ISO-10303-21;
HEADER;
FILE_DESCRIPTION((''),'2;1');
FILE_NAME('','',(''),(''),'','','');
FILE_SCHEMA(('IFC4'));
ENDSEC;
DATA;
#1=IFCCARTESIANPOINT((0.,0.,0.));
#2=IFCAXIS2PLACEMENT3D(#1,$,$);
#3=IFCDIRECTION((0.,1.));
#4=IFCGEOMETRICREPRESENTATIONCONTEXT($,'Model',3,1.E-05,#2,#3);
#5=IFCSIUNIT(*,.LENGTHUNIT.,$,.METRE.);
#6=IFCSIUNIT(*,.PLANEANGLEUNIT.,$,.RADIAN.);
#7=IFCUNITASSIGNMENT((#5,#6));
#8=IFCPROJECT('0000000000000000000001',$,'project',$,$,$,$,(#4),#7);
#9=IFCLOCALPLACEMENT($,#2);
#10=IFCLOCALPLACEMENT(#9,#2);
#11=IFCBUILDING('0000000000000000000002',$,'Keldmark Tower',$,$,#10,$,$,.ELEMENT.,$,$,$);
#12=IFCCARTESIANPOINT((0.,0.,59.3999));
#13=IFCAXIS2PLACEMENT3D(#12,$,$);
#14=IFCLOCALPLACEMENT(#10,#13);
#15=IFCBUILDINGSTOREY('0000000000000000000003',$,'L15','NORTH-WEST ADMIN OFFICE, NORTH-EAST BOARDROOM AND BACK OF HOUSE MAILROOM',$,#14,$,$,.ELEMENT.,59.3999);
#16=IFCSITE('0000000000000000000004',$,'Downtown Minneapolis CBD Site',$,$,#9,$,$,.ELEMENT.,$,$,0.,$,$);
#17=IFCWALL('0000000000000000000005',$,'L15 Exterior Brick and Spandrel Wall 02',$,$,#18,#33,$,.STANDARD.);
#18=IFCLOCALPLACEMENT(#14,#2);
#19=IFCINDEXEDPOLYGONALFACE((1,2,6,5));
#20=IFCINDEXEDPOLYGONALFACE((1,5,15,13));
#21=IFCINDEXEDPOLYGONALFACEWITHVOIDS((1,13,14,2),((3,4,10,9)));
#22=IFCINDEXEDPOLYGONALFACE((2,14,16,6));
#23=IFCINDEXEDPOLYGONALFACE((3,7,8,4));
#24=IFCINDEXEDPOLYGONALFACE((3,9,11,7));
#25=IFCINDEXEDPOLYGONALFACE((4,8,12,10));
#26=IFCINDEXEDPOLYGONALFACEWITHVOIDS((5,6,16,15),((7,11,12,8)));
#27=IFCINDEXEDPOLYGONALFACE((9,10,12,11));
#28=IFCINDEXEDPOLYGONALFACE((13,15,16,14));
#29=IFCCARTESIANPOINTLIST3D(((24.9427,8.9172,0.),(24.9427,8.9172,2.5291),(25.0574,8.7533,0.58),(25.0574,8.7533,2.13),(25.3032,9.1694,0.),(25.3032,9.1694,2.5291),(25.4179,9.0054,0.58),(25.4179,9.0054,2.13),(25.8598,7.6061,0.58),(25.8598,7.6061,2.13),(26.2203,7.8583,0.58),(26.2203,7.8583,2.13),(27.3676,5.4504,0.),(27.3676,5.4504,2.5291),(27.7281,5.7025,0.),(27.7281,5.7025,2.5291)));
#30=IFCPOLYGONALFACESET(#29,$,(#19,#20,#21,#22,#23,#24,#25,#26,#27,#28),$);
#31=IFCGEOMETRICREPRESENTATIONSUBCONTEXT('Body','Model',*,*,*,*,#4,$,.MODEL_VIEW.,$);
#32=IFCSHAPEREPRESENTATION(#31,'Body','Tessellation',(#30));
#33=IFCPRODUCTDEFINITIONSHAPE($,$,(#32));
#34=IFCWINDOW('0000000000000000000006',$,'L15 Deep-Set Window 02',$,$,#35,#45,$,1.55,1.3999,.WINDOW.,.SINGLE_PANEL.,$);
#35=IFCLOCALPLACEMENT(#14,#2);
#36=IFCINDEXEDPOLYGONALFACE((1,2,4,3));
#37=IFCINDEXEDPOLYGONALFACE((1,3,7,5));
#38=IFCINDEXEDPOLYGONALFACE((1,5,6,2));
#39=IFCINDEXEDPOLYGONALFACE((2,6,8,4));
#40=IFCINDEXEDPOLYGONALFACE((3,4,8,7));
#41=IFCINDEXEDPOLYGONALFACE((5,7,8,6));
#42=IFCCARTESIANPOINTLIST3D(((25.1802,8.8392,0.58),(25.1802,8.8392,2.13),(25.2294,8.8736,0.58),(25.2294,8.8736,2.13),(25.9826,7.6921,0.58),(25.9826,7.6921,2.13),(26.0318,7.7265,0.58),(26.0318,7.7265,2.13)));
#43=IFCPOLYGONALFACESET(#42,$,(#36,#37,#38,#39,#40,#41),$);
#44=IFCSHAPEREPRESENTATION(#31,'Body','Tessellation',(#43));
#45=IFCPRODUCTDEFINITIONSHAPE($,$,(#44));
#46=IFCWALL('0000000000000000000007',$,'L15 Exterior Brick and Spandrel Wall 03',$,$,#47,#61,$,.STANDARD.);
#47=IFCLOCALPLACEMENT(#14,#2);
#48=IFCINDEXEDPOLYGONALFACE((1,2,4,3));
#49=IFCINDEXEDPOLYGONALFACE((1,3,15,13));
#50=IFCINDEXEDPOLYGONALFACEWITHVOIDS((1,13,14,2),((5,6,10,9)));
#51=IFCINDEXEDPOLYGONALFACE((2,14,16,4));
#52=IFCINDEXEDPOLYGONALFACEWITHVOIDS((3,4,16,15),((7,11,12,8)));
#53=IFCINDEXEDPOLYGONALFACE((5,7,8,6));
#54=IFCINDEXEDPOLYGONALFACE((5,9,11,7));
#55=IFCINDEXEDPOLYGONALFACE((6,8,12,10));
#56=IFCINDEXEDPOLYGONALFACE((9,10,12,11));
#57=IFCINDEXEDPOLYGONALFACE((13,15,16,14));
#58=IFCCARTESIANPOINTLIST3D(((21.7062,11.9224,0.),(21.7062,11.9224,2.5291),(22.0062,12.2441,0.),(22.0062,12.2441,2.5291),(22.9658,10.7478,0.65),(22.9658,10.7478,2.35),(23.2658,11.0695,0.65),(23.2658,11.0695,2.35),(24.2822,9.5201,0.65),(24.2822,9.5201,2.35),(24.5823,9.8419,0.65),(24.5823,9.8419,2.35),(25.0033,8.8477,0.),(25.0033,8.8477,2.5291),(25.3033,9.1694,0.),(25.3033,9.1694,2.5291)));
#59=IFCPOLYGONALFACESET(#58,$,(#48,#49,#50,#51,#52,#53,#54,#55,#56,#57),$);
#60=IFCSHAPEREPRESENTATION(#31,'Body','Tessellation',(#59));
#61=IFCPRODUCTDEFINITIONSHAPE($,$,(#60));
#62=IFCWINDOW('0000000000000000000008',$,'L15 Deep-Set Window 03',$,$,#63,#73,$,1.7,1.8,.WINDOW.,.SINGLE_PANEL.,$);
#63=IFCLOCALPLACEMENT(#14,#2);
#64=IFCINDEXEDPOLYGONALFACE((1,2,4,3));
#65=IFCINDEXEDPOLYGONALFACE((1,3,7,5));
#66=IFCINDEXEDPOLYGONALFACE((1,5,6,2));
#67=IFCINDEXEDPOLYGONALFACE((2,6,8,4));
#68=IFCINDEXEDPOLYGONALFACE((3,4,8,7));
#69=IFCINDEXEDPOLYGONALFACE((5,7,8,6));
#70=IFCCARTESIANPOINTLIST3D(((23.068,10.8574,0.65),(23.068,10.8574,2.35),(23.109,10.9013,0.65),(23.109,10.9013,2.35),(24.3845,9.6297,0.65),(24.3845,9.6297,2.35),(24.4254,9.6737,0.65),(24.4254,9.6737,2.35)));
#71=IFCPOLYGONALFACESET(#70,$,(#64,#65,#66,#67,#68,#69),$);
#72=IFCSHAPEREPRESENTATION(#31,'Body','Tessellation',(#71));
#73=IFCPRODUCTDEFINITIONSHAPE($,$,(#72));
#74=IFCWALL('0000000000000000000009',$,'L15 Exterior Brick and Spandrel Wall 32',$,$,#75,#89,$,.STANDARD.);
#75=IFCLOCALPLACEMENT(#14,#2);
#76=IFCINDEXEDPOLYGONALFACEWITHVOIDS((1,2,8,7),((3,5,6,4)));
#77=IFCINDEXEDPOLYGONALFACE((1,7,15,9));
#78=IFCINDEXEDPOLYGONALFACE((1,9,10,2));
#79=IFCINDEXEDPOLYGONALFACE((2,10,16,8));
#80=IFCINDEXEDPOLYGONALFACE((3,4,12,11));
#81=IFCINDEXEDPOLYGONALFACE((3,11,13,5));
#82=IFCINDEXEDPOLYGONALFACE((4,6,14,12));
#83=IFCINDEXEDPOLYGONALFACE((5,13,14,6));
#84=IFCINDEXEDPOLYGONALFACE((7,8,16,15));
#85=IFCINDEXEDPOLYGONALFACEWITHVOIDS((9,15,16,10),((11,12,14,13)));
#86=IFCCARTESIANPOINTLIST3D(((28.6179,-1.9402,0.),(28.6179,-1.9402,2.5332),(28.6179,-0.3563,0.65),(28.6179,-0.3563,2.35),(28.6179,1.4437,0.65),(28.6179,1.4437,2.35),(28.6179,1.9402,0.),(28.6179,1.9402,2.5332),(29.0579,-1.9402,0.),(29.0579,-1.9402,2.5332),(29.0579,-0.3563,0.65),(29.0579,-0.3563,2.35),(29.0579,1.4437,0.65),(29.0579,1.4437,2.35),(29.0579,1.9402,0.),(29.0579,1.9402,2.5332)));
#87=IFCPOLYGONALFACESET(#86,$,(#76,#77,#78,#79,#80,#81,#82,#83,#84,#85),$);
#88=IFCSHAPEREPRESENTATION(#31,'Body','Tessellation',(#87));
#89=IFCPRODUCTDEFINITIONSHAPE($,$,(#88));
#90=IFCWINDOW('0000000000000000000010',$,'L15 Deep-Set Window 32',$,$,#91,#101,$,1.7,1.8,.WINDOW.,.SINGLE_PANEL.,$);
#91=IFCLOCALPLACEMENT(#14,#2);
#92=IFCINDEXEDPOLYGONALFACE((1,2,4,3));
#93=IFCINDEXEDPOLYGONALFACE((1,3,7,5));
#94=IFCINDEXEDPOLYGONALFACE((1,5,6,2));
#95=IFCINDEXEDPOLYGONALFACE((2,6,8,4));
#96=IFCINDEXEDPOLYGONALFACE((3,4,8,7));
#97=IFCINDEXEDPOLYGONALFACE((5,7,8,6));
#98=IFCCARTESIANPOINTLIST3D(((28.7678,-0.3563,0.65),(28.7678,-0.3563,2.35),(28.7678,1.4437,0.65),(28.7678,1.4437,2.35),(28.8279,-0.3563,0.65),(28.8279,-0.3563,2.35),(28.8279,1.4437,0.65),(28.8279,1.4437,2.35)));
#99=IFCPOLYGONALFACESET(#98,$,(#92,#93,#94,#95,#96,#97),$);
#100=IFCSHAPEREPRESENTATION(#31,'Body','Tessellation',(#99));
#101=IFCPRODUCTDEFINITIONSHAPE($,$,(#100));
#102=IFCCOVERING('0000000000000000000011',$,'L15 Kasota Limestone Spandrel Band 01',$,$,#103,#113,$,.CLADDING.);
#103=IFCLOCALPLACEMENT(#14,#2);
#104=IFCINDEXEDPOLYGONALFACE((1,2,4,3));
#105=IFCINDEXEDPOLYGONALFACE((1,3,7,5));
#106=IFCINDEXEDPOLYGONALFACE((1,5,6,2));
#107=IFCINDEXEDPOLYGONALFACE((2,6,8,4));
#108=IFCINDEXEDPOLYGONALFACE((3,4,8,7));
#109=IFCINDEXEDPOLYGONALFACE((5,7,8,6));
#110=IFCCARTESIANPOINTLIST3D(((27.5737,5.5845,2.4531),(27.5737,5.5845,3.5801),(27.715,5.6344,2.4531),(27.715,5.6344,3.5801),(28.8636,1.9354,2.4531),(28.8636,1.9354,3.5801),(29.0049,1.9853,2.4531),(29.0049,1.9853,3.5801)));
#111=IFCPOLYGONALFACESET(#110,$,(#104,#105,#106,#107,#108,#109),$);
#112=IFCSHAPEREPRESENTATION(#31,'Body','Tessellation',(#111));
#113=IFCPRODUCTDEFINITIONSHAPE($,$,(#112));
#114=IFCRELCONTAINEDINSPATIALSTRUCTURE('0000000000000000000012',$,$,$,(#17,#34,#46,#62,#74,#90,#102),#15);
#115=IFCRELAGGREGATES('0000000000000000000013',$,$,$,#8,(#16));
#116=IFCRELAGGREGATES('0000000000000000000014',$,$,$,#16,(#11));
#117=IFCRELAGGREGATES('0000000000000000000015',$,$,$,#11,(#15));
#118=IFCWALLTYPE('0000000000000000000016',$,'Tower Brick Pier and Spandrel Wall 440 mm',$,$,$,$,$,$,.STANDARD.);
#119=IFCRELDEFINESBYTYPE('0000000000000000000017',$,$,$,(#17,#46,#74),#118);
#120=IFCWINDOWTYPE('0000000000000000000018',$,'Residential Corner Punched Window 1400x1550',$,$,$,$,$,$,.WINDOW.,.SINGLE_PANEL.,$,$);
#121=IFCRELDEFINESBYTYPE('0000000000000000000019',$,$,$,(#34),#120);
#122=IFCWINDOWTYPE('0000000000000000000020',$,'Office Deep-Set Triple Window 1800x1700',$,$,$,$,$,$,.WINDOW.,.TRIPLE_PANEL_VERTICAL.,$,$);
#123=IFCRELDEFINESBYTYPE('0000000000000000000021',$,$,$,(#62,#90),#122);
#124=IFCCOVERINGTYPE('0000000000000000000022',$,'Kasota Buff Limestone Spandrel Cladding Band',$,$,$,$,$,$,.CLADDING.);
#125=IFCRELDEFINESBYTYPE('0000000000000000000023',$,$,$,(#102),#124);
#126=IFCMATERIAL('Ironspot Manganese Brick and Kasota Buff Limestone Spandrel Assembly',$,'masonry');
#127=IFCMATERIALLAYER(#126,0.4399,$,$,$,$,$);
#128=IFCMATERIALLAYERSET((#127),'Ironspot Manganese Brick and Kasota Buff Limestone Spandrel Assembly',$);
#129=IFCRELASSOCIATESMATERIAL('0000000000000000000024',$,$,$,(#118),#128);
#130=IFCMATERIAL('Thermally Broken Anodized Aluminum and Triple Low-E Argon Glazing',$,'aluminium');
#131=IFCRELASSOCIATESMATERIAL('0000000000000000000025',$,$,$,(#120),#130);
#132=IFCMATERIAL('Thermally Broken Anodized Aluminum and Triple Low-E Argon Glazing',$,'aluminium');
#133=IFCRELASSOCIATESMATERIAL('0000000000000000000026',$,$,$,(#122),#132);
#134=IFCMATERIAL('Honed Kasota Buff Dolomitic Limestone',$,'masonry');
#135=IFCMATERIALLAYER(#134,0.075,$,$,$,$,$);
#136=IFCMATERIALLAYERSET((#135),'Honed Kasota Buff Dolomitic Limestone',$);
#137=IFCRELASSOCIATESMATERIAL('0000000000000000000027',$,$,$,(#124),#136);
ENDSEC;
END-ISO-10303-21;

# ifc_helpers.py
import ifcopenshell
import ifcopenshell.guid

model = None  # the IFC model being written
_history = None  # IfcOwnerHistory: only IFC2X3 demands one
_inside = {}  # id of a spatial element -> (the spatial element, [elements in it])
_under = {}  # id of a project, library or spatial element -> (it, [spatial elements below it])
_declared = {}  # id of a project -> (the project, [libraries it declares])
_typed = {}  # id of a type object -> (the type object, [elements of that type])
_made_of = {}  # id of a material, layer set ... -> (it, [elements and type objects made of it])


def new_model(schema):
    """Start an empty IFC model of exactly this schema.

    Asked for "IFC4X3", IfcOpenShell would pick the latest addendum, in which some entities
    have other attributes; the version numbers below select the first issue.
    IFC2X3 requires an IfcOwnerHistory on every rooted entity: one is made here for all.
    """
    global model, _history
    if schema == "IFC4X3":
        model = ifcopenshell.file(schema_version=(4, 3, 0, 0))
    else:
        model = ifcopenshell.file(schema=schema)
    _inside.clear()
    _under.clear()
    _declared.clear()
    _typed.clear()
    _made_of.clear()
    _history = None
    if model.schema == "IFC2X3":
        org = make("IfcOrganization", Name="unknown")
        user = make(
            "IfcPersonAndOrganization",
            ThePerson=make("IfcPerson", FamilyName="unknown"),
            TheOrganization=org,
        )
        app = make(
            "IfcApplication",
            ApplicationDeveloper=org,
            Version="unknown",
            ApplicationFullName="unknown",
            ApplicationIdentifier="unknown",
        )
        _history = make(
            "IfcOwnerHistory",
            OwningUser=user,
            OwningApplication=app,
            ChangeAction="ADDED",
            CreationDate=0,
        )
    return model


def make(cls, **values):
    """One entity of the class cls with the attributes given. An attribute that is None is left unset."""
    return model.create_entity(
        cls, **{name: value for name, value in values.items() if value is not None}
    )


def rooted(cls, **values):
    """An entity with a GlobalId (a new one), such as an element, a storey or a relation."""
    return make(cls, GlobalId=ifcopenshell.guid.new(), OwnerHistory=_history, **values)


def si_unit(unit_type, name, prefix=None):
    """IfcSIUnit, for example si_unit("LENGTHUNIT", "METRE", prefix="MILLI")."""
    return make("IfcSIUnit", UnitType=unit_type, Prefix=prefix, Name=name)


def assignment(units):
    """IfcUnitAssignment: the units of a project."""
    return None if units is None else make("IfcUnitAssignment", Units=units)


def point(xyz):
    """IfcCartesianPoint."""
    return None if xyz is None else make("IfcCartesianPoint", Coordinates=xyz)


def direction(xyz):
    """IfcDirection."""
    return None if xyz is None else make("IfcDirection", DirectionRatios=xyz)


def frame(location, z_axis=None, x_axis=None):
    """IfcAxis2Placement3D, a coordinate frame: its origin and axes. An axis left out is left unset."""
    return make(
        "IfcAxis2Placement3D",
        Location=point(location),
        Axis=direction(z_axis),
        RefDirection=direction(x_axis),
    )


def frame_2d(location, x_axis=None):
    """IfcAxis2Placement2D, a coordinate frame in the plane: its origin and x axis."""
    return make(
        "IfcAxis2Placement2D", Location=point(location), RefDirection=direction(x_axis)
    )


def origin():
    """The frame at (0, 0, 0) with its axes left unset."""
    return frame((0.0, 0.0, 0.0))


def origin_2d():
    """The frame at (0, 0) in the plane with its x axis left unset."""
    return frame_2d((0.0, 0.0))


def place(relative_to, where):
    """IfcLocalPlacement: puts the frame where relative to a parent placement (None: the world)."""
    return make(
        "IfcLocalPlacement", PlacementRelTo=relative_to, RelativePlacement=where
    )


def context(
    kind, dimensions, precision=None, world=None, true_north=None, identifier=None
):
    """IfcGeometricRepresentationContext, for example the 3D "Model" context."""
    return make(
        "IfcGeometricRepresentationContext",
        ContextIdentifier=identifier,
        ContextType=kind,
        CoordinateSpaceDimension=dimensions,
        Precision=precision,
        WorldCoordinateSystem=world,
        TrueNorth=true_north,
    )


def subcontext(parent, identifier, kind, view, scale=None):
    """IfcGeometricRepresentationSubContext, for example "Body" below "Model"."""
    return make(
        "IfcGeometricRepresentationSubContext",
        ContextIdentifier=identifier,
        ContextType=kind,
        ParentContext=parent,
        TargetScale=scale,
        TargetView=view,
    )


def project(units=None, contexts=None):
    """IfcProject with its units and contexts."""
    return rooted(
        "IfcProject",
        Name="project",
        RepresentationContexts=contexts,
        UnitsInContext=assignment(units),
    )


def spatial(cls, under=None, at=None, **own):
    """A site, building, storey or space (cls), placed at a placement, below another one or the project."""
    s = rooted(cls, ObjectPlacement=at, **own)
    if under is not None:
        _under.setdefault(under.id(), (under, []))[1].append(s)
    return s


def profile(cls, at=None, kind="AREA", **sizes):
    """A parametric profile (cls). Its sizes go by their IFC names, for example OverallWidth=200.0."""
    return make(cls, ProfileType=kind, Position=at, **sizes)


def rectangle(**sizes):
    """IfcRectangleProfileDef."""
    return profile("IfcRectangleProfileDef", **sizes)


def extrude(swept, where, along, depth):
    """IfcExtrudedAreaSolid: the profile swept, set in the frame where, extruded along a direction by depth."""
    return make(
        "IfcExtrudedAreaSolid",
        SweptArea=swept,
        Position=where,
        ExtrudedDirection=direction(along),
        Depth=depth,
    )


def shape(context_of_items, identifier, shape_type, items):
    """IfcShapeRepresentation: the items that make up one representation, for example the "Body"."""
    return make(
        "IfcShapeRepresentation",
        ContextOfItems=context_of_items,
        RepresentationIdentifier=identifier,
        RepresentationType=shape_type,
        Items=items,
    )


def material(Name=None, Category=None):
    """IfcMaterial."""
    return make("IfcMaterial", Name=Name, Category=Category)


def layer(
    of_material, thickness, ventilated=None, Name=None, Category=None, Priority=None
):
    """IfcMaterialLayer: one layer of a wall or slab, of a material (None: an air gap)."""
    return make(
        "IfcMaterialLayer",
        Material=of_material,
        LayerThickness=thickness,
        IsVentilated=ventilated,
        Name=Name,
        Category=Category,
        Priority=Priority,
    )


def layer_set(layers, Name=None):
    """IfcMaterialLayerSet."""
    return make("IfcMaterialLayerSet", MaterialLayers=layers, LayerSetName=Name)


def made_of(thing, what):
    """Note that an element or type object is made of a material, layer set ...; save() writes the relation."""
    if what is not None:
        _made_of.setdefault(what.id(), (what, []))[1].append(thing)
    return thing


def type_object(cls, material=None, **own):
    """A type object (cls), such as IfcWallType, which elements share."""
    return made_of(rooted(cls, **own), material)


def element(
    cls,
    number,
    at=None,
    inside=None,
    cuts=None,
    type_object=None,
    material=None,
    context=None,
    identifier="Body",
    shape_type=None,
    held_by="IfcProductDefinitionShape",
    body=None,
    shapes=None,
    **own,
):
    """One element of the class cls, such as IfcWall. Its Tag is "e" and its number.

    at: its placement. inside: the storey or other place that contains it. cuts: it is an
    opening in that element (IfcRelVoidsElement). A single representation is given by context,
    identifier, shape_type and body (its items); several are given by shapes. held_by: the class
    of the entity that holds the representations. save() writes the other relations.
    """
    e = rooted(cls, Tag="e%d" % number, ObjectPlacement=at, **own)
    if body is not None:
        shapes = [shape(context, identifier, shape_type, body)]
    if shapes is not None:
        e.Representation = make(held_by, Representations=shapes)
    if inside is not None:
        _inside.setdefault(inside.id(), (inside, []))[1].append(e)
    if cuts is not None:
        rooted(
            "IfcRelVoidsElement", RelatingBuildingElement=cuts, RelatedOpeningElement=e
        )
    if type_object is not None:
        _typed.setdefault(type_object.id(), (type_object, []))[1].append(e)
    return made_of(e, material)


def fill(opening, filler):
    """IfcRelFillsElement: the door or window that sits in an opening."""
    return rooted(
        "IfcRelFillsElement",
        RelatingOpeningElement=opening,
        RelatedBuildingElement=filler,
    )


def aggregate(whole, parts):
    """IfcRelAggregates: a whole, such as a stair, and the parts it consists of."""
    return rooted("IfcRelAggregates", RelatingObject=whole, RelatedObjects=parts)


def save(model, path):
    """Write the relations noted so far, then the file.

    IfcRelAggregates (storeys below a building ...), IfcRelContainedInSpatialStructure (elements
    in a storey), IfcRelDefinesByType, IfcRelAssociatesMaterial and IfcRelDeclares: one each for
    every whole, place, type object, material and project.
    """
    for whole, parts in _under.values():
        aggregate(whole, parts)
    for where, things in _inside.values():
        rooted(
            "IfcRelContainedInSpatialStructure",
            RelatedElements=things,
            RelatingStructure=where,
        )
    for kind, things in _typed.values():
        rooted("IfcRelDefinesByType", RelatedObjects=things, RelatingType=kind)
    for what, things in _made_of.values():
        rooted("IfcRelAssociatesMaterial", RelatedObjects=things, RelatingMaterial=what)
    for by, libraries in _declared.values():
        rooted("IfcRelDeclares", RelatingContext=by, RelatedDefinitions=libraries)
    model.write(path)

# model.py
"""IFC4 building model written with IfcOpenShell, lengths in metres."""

from ifc_helpers import new_model, si_unit, direction, frame, frame_2d, origin, origin_2d, place, context, subcontext, project, spatial, rectangle, extrude, material, layer, layer_set, type_object, element, fill, save


model = new_model("IFC4")

# Units and contexts
model_context = context("Model", 3, precision=1e-05, world=origin(), true_north=direction((0.0, 1.0)))
body_context = subcontext(model_context, "Body", "Model", "MODEL_VIEW")
ifc_project = project(units=[si_unit("LENGTHUNIT", "METRE"), si_unit("PLANEANGLEUNIT", "RADIAN")], contexts=[model_context])

# Site, building, storey
site_placement = place(None, origin())
site = spatial("IfcSite", under=ifc_project, at=site_placement, Name="Downtown Minneapolis CBD Site", CompositionType="ELEMENT", RefElevation=0.0)
building_placement = place(site_placement, origin())
building = spatial("IfcBuilding", under=site, at=building_placement, Name="Keldmark Tower", CompositionType="ELEMENT")
storey_placement = place(building_placement, frame((0.0, 0.0, 59.3999)))
storey = spatial("IfcBuildingStorey", under=building, at=storey_placement, Name="L15", Description="NORTH-WEST ADMIN OFFICE, NORTH-EAST BOARDROOM AND BACK OF HOUSE MAILROOM", CompositionType="ELEMENT", Elevation=59.3999)

# Walls, openings, windows
ifc_material_1 = material(Name="Ironspot Manganese Brick and Kasota Buff Limestone Spandrel Assembly", Category="masonry")
ifc_layer_1 = layer(ifc_material_1, 0.4399)
ifc_layer_set_1 = layer_set([ifc_layer_1], Name="Ironspot Manganese Brick and Kasota Buff Limestone Spandrel Assembly")
wall_type = type_object("IfcWallType", Name="Tower Brick Pier and Spandrel Wall 440 mm", PredefinedType="STANDARD", material=ifc_layer_set_1)
wall_1_placement = place(storey_placement, frame((25.123, 9.0432, 0.0), z_axis=(0.0, 0.0, 1.0), x_axis=(0.573152, -0.819449, 0.0)))
wall_1 = element("IfcWall", 1, at=wall_1_placement, inside=storey, type_object=wall_type, Name="L15 Exterior Brick and Spandrel Wall 02", PredefinedType="STANDARD", context=body_context, shape_type="SweptSolid", body=[
    extrude(rectangle(XDim=4.2307, YDim=0.4399, at=frame_2d((2.1152, 0.0))), origin(), (0.0, 0.0, 1.0), 2.5291),
])
opening_1_placement = place(wall_1_placement, frame((0.2, 0.0, 0.5801)))
opening_1 = element("IfcOpeningElement", 2, at=opening_1_placement, cuts=wall_1, PredefinedType="OPENING", context=body_context, shape_type="SweptSolid", body=[
    extrude(rectangle(XDim=1.3999, YDim=1.55, at=frame_2d((0.7, 0.7749))), frame((0.0, 0.23, 0.0), z_axis=(0.0, -1.0, 0.0), x_axis=(1.0, 0.0, 0.0)), (0.0, 0.0, 1.0), 0.46),
])
ifc_material_2 = material(Name="Thermally Broken Anodized Aluminum and Triple Low-E Argon Glazing", Category="aluminium")
window_type_1 = type_object("IfcWindowType", Name="Residential Corner Punched Window 1400x1550", PartitioningType="SINGLE_PANEL", PredefinedType="WINDOW", material=ifc_material_2)
window_1_placement = place(opening_1_placement, origin())
window_1 = element("IfcWindow", 3, at=window_1_placement, inside=storey, type_object=window_type_1, Name="L15 Deep-Set Window 02", OverallHeight=1.55, OverallWidth=1.3999, PartitioningType="SINGLE_PANEL", PredefinedType="WINDOW", context=body_context, shape_type="SweptSolid", body=[
    extrude(rectangle(XDim=1.3999, YDim=1.55, at=frame_2d((0.7, 0.7749))), frame((0.0, -0.01, 0.0), z_axis=(0.0, -1.0, 0.0), x_axis=(1.0, 0.0, 0.0)), (0.0, 0.0, 1.0), 0.0601),
])
fill(opening_1, window_1)
wall_2_placement = place(storey_placement, frame((21.8562, 12.0833, 0.0), z_axis=(0.0, 0.0, 1.0), x_axis=(0.731343, -0.682009, 0.0)))
wall_2 = element("IfcWall", 4, at=wall_2_placement, inside=storey, type_object=wall_type, Name="L15 Exterior Brick and Spandrel Wall 03", PredefinedType="STANDARD", context=body_context, shape_type="SweptSolid", body=[
    extrude(rectangle(XDim=4.5083, YDim=0.4399, at=frame_2d((2.2542, 0.0))), origin(), (0.0, 0.0, 1.0), 2.5291),
])
opening_2_placement = place(wall_2_placement, frame((1.7224, 0.0, 0.6499)))
opening_2 = element("IfcOpeningElement", 5, at=opening_2_placement, cuts=wall_2, PredefinedType="OPENING", context=body_context, shape_type="SweptSolid", body=[
    extrude(rectangle(XDim=1.8, YDim=1.7, at=frame_2d((0.8999, 0.8501))), frame((0.0, 0.23, 0.0), z_axis=(0.0, -1.0, 0.0), x_axis=(1.0, 0.0, 0.0)), (0.0, 0.0, 1.0), 0.46),
])
ifc_material_3 = material(Name="Thermally Broken Anodized Aluminum and Triple Low-E Argon Glazing", Category="aluminium")
window_type_2 = type_object("IfcWindowType", Name="Office Deep-Set Triple Window 1800x1700", PartitioningType="TRIPLE_PANEL_VERTICAL", PredefinedType="WINDOW", material=ifc_material_3)
window_2_placement = place(opening_2_placement, origin())
window_2 = element("IfcWindow", 6, at=window_2_placement, inside=storey, type_object=window_type_2, Name="L15 Deep-Set Window 03", OverallHeight=1.7, OverallWidth=1.8, PartitioningType="SINGLE_PANEL", PredefinedType="WINDOW", context=body_context, shape_type="SweptSolid", body=[
    extrude(rectangle(XDim=1.8, YDim=1.7, at=frame_2d((0.8999, 0.8501))), frame((0.0, -0.01, 0.0), z_axis=(0.0, -1.0, 0.0), x_axis=(1.0, 0.0, 0.0)), (0.0, 0.0, 1.0), 0.0601),
])
fill(opening_2, window_2)
wall_3_placement = place(storey_placement, frame((28.8379, 1.9402, 0.0), z_axis=(0.0, 0.0, 1.0), x_axis=(0.0, -1.0, 0.0)))
wall_3 = element("IfcWall", 7, at=wall_3_placement, inside=storey, type_object=wall_type, Name="L15 Exterior Brick and Spandrel Wall 32", PredefinedType="STANDARD", context=body_context, shape_type="SweptSolid", body=[
    extrude(rectangle(XDim=3.8804, YDim=0.4399, at=frame_2d((1.9402, 0.0))), origin(), (0.0, 0.0, 1.0), 2.5332),
])
opening_3_placement = place(wall_3_placement, frame((0.4966, 0.0, 0.6499)))
opening_3 = element("IfcOpeningElement", 8, at=opening_3_placement, cuts=wall_3, PredefinedType="OPENING", context=body_context, shape_type="SweptSolid", body=[
    extrude(rectangle(XDim=1.8, YDim=1.7, at=frame_2d((0.8999, 0.8501))), frame((0.0, 0.23, 0.0), z_axis=(0.0, -1.0, 0.0), x_axis=(1.0, 0.0, 0.0)), (0.0, 0.0, 1.0), 0.46),
])
window_3_placement = place(opening_3_placement, origin())
window_3 = element("IfcWindow", 9, at=window_3_placement, inside=storey, type_object=window_type_2, Name="L15 Deep-Set Window 32", OverallHeight=1.7, OverallWidth=1.8, PartitioningType="SINGLE_PANEL", PredefinedType="WINDOW", context=body_context, shape_type="SweptSolid", body=[
    extrude(rectangle(XDim=1.8, YDim=1.7, at=frame_2d((0.8999, 0.8501))), frame((0.0, -0.01, 0.0), z_axis=(0.0, -1.0, 0.0), x_axis=(1.0, 0.0, 0.0)), (0.0, 0.0, 1.0), 0.0601),
])
fill(opening_3, window_3)

# Covering
ifc_material_4 = material(Name="Honed Kasota Buff Dolomitic Limestone", Category="masonry")
ifc_layer_2 = layer(ifc_material_4, 0.075)
ifc_layer_set_2 = layer_set([ifc_layer_2], Name="Honed Kasota Buff Dolomitic Limestone")
covering_type = type_object("IfcCoveringType", Name="Kasota Buff Limestone Spandrel Cladding Band", PredefinedType="CLADDING", material=ifc_layer_set_2)
covering_placement = place(storey_placement, frame((28.2893, 3.7849, 2.4531), z_axis=(0.0, 0.0, 1.0), x_axis=(-0.33328, 0.942828, 0.0)))
element("IfcCovering", 10, at=covering_placement, inside=storey, type_object=covering_type, Name="L15 Kasota Limestone Spandrel Band 01", PredefinedType="CLADDING", context=body_context, shape_type="SweptSolid", body=[
    extrude(rectangle(XDim=3.8704, YDim=0.1499, at=origin_2d()), origin(), (0.0, 0.0, 1.0), 1.127),
])

save(model, "model.ifc")
